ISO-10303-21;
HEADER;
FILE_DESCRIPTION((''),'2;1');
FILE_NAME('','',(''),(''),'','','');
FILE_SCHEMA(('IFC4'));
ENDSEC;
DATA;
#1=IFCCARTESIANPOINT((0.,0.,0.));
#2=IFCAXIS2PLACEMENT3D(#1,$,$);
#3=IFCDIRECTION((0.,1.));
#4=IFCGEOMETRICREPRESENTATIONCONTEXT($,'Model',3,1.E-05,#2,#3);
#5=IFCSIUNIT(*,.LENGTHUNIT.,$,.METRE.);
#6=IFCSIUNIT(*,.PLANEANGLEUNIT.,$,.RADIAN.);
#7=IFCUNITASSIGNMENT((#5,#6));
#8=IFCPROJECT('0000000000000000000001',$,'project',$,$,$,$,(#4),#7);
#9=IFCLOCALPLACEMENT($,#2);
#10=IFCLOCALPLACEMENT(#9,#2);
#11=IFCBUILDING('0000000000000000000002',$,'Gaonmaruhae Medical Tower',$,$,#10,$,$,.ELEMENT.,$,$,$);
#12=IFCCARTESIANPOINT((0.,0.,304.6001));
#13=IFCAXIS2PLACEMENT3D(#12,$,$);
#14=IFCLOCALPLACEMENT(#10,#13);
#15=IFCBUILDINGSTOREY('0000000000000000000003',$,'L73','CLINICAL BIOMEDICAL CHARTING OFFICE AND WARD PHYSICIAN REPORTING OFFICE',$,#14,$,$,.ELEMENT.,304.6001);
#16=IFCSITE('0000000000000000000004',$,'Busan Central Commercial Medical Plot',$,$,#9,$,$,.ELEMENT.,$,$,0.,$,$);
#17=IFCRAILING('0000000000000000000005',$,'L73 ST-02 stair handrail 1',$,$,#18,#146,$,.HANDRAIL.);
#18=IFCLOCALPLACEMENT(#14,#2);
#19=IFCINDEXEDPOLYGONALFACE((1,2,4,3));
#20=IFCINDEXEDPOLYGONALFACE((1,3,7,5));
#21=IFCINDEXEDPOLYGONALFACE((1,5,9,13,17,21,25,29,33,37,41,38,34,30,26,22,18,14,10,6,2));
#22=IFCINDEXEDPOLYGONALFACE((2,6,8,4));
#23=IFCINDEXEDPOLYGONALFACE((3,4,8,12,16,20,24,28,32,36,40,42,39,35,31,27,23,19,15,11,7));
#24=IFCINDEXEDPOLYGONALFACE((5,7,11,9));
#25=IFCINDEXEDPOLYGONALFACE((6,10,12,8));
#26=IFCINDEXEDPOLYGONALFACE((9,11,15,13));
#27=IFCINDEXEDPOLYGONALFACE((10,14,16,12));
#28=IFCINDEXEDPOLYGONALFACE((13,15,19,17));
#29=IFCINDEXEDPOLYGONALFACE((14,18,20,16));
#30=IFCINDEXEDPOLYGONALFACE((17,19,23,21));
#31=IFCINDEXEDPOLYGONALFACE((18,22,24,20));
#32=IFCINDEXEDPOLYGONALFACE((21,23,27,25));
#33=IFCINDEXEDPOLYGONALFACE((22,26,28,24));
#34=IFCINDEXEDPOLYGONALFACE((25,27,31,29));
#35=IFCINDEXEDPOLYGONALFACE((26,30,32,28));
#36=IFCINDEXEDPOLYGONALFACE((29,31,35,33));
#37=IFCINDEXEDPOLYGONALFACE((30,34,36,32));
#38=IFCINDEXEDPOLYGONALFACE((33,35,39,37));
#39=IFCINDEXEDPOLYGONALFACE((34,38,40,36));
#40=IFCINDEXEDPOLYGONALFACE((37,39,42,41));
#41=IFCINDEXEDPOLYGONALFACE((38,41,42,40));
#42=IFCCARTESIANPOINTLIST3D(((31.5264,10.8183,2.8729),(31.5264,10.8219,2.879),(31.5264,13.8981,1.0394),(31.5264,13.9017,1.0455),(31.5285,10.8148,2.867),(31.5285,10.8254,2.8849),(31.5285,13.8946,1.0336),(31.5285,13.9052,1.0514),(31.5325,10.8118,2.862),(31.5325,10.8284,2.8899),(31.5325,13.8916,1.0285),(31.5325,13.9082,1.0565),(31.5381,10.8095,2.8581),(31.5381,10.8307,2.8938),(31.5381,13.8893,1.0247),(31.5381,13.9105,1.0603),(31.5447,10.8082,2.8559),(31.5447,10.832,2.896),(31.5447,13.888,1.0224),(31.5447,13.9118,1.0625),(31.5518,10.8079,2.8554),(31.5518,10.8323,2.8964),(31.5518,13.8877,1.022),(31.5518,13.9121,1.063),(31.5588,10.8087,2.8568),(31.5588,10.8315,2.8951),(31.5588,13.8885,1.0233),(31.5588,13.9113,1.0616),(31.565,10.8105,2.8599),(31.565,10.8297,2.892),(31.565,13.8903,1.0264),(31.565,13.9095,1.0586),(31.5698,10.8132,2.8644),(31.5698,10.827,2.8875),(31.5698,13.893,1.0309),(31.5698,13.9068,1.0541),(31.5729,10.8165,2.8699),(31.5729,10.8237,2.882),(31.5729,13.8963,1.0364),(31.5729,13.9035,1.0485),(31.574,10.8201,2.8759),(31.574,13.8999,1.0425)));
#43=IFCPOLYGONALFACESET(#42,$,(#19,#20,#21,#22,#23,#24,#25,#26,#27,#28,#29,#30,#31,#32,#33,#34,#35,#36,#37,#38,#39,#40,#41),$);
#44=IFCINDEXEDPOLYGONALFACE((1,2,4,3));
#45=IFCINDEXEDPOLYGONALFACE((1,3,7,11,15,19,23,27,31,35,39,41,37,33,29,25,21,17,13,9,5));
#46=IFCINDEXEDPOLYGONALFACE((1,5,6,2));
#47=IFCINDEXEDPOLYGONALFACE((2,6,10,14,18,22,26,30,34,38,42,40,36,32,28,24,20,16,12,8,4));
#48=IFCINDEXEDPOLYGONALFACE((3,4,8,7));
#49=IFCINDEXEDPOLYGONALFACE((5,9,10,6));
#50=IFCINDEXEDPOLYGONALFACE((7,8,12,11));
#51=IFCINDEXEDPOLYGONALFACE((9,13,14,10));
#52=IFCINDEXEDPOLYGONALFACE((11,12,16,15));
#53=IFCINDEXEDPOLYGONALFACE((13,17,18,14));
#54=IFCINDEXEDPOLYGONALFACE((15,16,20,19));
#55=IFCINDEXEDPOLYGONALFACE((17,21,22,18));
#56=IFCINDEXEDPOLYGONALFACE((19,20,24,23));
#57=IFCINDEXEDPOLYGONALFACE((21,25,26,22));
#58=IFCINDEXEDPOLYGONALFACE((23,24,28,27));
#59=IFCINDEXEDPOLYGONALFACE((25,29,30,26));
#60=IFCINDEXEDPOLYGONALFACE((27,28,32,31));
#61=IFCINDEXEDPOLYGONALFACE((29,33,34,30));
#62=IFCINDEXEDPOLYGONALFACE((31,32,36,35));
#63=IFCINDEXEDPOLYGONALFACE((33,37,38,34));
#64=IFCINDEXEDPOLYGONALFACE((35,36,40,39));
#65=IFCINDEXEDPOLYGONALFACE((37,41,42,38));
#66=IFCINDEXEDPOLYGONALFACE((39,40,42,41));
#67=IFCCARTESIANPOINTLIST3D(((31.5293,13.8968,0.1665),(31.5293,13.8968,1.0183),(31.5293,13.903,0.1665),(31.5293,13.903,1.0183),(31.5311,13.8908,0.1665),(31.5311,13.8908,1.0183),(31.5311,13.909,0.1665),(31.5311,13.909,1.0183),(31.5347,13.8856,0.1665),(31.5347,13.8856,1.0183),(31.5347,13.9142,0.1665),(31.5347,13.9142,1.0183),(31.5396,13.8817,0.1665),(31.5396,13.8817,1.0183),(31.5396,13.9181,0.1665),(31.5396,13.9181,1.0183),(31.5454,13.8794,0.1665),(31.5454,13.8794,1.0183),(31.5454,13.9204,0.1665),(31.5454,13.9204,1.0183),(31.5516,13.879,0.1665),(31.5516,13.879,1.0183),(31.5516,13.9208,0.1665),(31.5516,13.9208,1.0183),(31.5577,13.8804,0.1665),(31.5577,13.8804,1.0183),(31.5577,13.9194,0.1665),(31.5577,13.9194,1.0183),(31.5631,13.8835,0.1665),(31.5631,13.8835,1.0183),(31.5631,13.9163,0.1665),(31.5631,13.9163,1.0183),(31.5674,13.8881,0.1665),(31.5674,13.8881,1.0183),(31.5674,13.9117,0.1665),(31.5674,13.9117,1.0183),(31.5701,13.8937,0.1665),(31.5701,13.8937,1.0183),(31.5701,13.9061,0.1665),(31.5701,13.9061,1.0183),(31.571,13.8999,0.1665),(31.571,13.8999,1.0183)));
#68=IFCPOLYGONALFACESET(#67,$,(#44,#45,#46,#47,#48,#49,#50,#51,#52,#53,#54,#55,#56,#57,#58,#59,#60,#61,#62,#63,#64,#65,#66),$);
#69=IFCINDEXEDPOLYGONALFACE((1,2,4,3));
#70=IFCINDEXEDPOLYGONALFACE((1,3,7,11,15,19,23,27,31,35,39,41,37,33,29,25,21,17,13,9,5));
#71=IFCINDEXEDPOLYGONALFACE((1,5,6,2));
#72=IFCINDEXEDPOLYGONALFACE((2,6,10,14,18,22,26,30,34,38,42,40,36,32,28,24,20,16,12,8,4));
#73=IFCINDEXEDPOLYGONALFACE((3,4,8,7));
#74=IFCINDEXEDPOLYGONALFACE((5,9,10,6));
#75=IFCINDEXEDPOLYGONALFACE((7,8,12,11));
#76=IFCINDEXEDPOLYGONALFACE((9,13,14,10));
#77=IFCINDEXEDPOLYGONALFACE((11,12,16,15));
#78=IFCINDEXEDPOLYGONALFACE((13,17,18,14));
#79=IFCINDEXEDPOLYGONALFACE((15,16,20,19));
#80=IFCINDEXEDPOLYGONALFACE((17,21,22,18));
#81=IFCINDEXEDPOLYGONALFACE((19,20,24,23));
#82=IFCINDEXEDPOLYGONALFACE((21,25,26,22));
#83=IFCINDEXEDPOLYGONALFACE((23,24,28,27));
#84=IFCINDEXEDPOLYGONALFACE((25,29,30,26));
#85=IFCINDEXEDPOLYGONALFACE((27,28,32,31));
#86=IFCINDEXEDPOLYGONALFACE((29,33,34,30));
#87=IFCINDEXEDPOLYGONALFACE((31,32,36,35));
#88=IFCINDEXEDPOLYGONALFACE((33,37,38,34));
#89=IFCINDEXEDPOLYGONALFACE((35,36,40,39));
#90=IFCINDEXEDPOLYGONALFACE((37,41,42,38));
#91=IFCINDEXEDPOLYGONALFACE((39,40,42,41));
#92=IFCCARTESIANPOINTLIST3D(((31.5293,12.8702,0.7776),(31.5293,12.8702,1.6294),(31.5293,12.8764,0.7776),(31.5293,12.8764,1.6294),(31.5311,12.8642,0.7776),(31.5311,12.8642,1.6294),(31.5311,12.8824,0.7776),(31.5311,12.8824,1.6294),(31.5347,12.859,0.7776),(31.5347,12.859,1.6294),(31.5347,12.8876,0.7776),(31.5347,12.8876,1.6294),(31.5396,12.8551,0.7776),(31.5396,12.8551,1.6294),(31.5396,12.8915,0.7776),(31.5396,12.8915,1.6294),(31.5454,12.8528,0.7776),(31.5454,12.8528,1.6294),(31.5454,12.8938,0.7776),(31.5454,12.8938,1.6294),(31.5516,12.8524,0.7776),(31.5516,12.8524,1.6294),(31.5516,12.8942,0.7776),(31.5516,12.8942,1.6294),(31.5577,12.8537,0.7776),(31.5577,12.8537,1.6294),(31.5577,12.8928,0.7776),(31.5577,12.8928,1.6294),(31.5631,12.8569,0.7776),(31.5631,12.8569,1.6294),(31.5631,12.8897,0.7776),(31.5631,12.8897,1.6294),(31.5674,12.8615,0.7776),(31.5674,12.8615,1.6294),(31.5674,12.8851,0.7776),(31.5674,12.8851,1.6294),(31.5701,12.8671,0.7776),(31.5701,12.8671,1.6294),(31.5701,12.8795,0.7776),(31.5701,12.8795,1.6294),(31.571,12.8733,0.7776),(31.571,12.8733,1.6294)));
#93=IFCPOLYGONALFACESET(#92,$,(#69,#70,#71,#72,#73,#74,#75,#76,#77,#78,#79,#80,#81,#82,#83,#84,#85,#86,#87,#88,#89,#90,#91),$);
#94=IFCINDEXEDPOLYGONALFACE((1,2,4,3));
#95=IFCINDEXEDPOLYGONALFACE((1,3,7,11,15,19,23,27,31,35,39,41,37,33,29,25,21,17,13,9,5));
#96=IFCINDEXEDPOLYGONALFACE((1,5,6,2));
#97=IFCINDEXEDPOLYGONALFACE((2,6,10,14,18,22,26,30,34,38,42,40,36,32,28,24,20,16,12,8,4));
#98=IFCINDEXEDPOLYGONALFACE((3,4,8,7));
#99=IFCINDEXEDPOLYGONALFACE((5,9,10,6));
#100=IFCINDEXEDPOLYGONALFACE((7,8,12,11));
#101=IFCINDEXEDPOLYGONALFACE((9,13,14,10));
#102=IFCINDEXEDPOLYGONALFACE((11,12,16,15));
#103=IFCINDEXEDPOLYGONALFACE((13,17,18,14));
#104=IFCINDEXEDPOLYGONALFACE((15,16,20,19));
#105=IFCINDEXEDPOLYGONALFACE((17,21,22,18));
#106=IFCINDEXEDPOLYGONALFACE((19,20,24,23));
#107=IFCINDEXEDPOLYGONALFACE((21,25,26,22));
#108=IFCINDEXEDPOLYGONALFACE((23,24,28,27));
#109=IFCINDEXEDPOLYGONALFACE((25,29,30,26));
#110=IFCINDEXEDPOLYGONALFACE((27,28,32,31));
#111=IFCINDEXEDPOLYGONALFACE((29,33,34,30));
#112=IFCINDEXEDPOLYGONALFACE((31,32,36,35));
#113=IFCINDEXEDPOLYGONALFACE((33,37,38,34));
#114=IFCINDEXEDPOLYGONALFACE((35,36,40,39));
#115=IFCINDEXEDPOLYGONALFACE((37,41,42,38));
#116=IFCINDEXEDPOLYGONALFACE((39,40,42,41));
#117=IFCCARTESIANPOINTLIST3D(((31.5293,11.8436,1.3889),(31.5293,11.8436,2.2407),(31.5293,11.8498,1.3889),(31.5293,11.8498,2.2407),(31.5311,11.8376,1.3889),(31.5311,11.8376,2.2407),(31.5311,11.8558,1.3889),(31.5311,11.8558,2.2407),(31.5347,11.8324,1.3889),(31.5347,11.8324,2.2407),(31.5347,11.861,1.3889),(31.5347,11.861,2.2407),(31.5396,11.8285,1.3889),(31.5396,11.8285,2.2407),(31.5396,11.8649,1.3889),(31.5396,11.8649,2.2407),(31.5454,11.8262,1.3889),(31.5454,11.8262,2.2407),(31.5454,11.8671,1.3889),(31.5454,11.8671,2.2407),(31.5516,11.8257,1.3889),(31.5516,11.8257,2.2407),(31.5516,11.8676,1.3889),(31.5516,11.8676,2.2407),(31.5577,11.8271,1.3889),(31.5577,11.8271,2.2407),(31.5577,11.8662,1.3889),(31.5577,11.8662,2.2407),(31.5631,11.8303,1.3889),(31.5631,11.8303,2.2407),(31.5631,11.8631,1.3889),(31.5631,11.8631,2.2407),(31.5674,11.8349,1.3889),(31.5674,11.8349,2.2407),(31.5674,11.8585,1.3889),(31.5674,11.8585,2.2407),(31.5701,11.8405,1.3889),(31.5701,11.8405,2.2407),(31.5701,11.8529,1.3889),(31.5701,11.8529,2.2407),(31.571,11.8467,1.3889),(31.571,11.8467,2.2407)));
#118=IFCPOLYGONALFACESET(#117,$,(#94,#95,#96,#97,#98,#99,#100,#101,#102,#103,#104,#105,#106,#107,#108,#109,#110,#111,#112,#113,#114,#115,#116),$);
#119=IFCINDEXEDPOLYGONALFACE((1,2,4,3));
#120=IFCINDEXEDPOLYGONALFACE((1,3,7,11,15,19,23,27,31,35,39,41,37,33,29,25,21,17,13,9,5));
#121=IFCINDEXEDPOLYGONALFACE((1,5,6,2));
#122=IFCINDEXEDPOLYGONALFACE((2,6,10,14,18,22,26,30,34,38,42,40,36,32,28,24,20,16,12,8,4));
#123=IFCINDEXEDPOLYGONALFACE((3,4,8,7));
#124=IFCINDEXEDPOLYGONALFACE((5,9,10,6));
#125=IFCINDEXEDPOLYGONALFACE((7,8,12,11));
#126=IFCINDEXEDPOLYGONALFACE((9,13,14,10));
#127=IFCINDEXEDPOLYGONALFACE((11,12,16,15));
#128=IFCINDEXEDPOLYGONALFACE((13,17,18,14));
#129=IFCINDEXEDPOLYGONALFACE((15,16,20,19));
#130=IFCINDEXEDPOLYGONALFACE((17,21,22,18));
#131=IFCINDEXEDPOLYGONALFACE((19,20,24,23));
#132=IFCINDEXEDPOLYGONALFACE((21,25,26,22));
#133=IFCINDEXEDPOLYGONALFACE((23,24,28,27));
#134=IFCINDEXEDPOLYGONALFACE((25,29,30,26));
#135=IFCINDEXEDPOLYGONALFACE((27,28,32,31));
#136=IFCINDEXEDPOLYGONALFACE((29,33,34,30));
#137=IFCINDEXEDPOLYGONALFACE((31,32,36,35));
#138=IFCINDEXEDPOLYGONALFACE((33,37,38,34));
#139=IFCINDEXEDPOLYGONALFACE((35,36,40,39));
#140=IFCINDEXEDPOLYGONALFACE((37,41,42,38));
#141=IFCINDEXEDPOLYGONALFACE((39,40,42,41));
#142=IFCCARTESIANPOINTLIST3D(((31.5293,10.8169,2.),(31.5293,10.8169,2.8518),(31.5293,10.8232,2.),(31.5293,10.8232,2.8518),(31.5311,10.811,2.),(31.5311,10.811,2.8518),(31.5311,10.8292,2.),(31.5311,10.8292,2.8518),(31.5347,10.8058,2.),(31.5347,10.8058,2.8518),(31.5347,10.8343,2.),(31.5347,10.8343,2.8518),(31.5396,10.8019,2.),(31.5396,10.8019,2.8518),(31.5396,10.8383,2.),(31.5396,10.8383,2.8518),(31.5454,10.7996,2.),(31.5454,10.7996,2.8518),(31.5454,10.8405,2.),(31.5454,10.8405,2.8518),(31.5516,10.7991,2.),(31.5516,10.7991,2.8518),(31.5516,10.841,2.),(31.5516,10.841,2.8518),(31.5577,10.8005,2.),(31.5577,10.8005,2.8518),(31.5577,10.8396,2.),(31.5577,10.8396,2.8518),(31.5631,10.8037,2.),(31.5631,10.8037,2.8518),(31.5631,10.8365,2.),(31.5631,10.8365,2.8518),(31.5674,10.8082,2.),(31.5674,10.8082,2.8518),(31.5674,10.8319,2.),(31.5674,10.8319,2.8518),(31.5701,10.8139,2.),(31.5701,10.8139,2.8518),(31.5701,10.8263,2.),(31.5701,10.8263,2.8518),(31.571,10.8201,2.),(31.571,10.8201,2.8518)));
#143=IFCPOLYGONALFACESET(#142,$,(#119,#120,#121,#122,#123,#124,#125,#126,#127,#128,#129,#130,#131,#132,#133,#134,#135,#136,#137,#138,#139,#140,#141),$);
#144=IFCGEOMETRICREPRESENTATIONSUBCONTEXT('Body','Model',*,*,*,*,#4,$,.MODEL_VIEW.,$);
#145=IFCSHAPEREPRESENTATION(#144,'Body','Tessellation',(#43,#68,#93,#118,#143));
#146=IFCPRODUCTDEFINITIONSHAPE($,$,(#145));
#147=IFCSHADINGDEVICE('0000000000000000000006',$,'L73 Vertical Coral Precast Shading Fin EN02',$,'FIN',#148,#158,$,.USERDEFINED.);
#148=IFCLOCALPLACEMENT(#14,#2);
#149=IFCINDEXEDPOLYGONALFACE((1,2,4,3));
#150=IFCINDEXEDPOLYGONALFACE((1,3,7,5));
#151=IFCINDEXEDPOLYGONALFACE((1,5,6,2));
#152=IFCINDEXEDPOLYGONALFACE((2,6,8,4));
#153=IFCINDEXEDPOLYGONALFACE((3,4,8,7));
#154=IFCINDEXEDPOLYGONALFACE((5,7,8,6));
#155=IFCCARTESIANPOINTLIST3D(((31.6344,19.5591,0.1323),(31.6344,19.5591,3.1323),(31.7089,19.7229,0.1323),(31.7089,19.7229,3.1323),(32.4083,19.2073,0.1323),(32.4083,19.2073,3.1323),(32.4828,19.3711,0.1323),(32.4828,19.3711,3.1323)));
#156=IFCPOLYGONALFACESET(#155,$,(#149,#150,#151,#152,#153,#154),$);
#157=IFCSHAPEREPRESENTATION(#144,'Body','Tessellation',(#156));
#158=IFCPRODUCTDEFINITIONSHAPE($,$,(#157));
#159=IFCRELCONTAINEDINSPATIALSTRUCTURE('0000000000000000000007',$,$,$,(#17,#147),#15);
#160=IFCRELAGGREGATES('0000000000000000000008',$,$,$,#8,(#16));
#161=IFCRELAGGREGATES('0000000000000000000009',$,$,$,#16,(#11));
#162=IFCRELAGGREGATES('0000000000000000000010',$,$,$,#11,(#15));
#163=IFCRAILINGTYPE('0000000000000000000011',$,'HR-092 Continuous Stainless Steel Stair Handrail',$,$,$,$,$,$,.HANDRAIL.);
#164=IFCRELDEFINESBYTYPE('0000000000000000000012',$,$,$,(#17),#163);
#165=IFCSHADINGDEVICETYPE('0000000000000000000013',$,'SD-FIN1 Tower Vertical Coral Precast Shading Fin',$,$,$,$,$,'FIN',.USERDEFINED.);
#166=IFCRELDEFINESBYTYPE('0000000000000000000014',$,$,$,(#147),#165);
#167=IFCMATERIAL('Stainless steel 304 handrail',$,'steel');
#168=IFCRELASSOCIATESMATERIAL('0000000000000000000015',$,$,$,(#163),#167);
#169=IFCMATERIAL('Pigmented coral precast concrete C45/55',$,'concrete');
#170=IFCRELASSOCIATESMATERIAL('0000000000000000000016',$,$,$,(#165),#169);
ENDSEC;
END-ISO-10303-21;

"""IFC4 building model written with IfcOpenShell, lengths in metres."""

from ifc_helpers import new_model, si_unit, direction, frame, origin, origin_2d, place, context, subcontext, project, spatial, rectangle, circle, extrude, material, type_object, element, save


model = new_model("IFC4")

# Units and contexts
model_context = context("Model", 3, precision=1e-05, world=origin(), true_north=direction((0.0, 1.0)))
body_context = subcontext(model_context, "Body", "Model", "MODEL_VIEW")
ifc_project = project(units=[si_unit("LENGTHUNIT", "METRE"), si_unit("PLANEANGLEUNIT", "RADIAN")], contexts=[model_context])

# Site, building, storey
site_placement = place(None, origin())
site = spatial("IfcSite", under=ifc_project, at=site_placement, Name="Busan Central Commercial Medical Plot", CompositionType="ELEMENT", RefElevation=0.0)
building_placement = place(site_placement, origin())
building = spatial("IfcBuilding", under=site, at=building_placement, Name="Gaonmaruhae Medical Tower", CompositionType="ELEMENT")
storey_placement = place(building_placement, frame((0.0, 0.0, 304.6001)))
storey = spatial("IfcBuildingStorey", under=building, at=storey_placement, Name="L73", Description="CLINICAL BIOMEDICAL CHARTING OFFICE AND WARD PHYSICIAN REPORTING OFFICE", CompositionType="ELEMENT", Elevation=304.6001)

# Railing
ifc_material_1 = material(Name="Stainless steel 304 handrail", Category="steel")
railing_type_1 = type_object("IfcRailingType", Name="HR-092 Continuous Stainless Steel Stair Handrail", PredefinedType="HANDRAIL", material=ifc_material_1)
railing_1_placement = place(storey_placement, frame((31.55, 13.8999, 0.1665)))
element("IfcRailing", 1, at=railing_1_placement, inside=storey, type_object=railing_type_1, Name="L73 ST-02 stair handrail 1", PredefinedType="HANDRAIL", context=body_context, shape_type="SweptSolid", body=[
    extrude(circle(Radius=0.0239, at=origin_2d()), frame((0.0, 0.0, 0.876), z_axis=(0.0, -0.859261, 0.511538), x_axis=(1.0, 0.0, 0.0)), (0.0, 0.0, 1.0), 3.5842),
    extrude(circle(Radius=0.021, at=origin_2d()), origin(), (0.0, 0.0, 1.0), 0.8518),
    extrude(circle(Radius=0.021, at=origin_2d()), frame((0.0, -1.0266, 0.6111)), (0.0, 0.0, 1.0), 0.8518),
    extrude(circle(Radius=0.021, at=origin_2d()), frame((0.0, -2.0532, 1.2224)), (0.0, 0.0, 1.0), 0.8518),
    extrude(circle(Radius=0.021, at=origin_2d()), frame((0.0, -3.0798, 1.8335)), (0.0, 0.0, 1.0), 0.8518),
])

# Shading device
ifc_material_2 = material(Name="Pigmented coral precast concrete C45/55", Category="concrete")
shading_device_type = type_object("IfcShadingDeviceType", Name="SD-FIN1 Tower Vertical Coral Precast Shading Fin", ElementType="FIN", PredefinedType="USERDEFINED", material=ifc_material_2)
shading_device_placement = place(storey_placement, frame((32.0586, 19.4651, 0.1323), z_axis=(0.0, 0.0, 1.0), x_axis=(0.413899, 0.910323, 0.0)))
element("IfcShadingDevice", 2, at=shading_device_placement, inside=storey, type_object=shading_device_type, Name="L73 Vertical Coral Precast Shading Fin EN02", ObjectType="FIN", PredefinedType="USERDEFINED", context=body_context, shape_type="SweptSolid", body=[
    extrude(rectangle(XDim=0.1799, YDim=0.8501, at=origin_2d()), origin(), (0.0, 0.0, 1.0), 3.0),
])

save(model, "model.ifc")
